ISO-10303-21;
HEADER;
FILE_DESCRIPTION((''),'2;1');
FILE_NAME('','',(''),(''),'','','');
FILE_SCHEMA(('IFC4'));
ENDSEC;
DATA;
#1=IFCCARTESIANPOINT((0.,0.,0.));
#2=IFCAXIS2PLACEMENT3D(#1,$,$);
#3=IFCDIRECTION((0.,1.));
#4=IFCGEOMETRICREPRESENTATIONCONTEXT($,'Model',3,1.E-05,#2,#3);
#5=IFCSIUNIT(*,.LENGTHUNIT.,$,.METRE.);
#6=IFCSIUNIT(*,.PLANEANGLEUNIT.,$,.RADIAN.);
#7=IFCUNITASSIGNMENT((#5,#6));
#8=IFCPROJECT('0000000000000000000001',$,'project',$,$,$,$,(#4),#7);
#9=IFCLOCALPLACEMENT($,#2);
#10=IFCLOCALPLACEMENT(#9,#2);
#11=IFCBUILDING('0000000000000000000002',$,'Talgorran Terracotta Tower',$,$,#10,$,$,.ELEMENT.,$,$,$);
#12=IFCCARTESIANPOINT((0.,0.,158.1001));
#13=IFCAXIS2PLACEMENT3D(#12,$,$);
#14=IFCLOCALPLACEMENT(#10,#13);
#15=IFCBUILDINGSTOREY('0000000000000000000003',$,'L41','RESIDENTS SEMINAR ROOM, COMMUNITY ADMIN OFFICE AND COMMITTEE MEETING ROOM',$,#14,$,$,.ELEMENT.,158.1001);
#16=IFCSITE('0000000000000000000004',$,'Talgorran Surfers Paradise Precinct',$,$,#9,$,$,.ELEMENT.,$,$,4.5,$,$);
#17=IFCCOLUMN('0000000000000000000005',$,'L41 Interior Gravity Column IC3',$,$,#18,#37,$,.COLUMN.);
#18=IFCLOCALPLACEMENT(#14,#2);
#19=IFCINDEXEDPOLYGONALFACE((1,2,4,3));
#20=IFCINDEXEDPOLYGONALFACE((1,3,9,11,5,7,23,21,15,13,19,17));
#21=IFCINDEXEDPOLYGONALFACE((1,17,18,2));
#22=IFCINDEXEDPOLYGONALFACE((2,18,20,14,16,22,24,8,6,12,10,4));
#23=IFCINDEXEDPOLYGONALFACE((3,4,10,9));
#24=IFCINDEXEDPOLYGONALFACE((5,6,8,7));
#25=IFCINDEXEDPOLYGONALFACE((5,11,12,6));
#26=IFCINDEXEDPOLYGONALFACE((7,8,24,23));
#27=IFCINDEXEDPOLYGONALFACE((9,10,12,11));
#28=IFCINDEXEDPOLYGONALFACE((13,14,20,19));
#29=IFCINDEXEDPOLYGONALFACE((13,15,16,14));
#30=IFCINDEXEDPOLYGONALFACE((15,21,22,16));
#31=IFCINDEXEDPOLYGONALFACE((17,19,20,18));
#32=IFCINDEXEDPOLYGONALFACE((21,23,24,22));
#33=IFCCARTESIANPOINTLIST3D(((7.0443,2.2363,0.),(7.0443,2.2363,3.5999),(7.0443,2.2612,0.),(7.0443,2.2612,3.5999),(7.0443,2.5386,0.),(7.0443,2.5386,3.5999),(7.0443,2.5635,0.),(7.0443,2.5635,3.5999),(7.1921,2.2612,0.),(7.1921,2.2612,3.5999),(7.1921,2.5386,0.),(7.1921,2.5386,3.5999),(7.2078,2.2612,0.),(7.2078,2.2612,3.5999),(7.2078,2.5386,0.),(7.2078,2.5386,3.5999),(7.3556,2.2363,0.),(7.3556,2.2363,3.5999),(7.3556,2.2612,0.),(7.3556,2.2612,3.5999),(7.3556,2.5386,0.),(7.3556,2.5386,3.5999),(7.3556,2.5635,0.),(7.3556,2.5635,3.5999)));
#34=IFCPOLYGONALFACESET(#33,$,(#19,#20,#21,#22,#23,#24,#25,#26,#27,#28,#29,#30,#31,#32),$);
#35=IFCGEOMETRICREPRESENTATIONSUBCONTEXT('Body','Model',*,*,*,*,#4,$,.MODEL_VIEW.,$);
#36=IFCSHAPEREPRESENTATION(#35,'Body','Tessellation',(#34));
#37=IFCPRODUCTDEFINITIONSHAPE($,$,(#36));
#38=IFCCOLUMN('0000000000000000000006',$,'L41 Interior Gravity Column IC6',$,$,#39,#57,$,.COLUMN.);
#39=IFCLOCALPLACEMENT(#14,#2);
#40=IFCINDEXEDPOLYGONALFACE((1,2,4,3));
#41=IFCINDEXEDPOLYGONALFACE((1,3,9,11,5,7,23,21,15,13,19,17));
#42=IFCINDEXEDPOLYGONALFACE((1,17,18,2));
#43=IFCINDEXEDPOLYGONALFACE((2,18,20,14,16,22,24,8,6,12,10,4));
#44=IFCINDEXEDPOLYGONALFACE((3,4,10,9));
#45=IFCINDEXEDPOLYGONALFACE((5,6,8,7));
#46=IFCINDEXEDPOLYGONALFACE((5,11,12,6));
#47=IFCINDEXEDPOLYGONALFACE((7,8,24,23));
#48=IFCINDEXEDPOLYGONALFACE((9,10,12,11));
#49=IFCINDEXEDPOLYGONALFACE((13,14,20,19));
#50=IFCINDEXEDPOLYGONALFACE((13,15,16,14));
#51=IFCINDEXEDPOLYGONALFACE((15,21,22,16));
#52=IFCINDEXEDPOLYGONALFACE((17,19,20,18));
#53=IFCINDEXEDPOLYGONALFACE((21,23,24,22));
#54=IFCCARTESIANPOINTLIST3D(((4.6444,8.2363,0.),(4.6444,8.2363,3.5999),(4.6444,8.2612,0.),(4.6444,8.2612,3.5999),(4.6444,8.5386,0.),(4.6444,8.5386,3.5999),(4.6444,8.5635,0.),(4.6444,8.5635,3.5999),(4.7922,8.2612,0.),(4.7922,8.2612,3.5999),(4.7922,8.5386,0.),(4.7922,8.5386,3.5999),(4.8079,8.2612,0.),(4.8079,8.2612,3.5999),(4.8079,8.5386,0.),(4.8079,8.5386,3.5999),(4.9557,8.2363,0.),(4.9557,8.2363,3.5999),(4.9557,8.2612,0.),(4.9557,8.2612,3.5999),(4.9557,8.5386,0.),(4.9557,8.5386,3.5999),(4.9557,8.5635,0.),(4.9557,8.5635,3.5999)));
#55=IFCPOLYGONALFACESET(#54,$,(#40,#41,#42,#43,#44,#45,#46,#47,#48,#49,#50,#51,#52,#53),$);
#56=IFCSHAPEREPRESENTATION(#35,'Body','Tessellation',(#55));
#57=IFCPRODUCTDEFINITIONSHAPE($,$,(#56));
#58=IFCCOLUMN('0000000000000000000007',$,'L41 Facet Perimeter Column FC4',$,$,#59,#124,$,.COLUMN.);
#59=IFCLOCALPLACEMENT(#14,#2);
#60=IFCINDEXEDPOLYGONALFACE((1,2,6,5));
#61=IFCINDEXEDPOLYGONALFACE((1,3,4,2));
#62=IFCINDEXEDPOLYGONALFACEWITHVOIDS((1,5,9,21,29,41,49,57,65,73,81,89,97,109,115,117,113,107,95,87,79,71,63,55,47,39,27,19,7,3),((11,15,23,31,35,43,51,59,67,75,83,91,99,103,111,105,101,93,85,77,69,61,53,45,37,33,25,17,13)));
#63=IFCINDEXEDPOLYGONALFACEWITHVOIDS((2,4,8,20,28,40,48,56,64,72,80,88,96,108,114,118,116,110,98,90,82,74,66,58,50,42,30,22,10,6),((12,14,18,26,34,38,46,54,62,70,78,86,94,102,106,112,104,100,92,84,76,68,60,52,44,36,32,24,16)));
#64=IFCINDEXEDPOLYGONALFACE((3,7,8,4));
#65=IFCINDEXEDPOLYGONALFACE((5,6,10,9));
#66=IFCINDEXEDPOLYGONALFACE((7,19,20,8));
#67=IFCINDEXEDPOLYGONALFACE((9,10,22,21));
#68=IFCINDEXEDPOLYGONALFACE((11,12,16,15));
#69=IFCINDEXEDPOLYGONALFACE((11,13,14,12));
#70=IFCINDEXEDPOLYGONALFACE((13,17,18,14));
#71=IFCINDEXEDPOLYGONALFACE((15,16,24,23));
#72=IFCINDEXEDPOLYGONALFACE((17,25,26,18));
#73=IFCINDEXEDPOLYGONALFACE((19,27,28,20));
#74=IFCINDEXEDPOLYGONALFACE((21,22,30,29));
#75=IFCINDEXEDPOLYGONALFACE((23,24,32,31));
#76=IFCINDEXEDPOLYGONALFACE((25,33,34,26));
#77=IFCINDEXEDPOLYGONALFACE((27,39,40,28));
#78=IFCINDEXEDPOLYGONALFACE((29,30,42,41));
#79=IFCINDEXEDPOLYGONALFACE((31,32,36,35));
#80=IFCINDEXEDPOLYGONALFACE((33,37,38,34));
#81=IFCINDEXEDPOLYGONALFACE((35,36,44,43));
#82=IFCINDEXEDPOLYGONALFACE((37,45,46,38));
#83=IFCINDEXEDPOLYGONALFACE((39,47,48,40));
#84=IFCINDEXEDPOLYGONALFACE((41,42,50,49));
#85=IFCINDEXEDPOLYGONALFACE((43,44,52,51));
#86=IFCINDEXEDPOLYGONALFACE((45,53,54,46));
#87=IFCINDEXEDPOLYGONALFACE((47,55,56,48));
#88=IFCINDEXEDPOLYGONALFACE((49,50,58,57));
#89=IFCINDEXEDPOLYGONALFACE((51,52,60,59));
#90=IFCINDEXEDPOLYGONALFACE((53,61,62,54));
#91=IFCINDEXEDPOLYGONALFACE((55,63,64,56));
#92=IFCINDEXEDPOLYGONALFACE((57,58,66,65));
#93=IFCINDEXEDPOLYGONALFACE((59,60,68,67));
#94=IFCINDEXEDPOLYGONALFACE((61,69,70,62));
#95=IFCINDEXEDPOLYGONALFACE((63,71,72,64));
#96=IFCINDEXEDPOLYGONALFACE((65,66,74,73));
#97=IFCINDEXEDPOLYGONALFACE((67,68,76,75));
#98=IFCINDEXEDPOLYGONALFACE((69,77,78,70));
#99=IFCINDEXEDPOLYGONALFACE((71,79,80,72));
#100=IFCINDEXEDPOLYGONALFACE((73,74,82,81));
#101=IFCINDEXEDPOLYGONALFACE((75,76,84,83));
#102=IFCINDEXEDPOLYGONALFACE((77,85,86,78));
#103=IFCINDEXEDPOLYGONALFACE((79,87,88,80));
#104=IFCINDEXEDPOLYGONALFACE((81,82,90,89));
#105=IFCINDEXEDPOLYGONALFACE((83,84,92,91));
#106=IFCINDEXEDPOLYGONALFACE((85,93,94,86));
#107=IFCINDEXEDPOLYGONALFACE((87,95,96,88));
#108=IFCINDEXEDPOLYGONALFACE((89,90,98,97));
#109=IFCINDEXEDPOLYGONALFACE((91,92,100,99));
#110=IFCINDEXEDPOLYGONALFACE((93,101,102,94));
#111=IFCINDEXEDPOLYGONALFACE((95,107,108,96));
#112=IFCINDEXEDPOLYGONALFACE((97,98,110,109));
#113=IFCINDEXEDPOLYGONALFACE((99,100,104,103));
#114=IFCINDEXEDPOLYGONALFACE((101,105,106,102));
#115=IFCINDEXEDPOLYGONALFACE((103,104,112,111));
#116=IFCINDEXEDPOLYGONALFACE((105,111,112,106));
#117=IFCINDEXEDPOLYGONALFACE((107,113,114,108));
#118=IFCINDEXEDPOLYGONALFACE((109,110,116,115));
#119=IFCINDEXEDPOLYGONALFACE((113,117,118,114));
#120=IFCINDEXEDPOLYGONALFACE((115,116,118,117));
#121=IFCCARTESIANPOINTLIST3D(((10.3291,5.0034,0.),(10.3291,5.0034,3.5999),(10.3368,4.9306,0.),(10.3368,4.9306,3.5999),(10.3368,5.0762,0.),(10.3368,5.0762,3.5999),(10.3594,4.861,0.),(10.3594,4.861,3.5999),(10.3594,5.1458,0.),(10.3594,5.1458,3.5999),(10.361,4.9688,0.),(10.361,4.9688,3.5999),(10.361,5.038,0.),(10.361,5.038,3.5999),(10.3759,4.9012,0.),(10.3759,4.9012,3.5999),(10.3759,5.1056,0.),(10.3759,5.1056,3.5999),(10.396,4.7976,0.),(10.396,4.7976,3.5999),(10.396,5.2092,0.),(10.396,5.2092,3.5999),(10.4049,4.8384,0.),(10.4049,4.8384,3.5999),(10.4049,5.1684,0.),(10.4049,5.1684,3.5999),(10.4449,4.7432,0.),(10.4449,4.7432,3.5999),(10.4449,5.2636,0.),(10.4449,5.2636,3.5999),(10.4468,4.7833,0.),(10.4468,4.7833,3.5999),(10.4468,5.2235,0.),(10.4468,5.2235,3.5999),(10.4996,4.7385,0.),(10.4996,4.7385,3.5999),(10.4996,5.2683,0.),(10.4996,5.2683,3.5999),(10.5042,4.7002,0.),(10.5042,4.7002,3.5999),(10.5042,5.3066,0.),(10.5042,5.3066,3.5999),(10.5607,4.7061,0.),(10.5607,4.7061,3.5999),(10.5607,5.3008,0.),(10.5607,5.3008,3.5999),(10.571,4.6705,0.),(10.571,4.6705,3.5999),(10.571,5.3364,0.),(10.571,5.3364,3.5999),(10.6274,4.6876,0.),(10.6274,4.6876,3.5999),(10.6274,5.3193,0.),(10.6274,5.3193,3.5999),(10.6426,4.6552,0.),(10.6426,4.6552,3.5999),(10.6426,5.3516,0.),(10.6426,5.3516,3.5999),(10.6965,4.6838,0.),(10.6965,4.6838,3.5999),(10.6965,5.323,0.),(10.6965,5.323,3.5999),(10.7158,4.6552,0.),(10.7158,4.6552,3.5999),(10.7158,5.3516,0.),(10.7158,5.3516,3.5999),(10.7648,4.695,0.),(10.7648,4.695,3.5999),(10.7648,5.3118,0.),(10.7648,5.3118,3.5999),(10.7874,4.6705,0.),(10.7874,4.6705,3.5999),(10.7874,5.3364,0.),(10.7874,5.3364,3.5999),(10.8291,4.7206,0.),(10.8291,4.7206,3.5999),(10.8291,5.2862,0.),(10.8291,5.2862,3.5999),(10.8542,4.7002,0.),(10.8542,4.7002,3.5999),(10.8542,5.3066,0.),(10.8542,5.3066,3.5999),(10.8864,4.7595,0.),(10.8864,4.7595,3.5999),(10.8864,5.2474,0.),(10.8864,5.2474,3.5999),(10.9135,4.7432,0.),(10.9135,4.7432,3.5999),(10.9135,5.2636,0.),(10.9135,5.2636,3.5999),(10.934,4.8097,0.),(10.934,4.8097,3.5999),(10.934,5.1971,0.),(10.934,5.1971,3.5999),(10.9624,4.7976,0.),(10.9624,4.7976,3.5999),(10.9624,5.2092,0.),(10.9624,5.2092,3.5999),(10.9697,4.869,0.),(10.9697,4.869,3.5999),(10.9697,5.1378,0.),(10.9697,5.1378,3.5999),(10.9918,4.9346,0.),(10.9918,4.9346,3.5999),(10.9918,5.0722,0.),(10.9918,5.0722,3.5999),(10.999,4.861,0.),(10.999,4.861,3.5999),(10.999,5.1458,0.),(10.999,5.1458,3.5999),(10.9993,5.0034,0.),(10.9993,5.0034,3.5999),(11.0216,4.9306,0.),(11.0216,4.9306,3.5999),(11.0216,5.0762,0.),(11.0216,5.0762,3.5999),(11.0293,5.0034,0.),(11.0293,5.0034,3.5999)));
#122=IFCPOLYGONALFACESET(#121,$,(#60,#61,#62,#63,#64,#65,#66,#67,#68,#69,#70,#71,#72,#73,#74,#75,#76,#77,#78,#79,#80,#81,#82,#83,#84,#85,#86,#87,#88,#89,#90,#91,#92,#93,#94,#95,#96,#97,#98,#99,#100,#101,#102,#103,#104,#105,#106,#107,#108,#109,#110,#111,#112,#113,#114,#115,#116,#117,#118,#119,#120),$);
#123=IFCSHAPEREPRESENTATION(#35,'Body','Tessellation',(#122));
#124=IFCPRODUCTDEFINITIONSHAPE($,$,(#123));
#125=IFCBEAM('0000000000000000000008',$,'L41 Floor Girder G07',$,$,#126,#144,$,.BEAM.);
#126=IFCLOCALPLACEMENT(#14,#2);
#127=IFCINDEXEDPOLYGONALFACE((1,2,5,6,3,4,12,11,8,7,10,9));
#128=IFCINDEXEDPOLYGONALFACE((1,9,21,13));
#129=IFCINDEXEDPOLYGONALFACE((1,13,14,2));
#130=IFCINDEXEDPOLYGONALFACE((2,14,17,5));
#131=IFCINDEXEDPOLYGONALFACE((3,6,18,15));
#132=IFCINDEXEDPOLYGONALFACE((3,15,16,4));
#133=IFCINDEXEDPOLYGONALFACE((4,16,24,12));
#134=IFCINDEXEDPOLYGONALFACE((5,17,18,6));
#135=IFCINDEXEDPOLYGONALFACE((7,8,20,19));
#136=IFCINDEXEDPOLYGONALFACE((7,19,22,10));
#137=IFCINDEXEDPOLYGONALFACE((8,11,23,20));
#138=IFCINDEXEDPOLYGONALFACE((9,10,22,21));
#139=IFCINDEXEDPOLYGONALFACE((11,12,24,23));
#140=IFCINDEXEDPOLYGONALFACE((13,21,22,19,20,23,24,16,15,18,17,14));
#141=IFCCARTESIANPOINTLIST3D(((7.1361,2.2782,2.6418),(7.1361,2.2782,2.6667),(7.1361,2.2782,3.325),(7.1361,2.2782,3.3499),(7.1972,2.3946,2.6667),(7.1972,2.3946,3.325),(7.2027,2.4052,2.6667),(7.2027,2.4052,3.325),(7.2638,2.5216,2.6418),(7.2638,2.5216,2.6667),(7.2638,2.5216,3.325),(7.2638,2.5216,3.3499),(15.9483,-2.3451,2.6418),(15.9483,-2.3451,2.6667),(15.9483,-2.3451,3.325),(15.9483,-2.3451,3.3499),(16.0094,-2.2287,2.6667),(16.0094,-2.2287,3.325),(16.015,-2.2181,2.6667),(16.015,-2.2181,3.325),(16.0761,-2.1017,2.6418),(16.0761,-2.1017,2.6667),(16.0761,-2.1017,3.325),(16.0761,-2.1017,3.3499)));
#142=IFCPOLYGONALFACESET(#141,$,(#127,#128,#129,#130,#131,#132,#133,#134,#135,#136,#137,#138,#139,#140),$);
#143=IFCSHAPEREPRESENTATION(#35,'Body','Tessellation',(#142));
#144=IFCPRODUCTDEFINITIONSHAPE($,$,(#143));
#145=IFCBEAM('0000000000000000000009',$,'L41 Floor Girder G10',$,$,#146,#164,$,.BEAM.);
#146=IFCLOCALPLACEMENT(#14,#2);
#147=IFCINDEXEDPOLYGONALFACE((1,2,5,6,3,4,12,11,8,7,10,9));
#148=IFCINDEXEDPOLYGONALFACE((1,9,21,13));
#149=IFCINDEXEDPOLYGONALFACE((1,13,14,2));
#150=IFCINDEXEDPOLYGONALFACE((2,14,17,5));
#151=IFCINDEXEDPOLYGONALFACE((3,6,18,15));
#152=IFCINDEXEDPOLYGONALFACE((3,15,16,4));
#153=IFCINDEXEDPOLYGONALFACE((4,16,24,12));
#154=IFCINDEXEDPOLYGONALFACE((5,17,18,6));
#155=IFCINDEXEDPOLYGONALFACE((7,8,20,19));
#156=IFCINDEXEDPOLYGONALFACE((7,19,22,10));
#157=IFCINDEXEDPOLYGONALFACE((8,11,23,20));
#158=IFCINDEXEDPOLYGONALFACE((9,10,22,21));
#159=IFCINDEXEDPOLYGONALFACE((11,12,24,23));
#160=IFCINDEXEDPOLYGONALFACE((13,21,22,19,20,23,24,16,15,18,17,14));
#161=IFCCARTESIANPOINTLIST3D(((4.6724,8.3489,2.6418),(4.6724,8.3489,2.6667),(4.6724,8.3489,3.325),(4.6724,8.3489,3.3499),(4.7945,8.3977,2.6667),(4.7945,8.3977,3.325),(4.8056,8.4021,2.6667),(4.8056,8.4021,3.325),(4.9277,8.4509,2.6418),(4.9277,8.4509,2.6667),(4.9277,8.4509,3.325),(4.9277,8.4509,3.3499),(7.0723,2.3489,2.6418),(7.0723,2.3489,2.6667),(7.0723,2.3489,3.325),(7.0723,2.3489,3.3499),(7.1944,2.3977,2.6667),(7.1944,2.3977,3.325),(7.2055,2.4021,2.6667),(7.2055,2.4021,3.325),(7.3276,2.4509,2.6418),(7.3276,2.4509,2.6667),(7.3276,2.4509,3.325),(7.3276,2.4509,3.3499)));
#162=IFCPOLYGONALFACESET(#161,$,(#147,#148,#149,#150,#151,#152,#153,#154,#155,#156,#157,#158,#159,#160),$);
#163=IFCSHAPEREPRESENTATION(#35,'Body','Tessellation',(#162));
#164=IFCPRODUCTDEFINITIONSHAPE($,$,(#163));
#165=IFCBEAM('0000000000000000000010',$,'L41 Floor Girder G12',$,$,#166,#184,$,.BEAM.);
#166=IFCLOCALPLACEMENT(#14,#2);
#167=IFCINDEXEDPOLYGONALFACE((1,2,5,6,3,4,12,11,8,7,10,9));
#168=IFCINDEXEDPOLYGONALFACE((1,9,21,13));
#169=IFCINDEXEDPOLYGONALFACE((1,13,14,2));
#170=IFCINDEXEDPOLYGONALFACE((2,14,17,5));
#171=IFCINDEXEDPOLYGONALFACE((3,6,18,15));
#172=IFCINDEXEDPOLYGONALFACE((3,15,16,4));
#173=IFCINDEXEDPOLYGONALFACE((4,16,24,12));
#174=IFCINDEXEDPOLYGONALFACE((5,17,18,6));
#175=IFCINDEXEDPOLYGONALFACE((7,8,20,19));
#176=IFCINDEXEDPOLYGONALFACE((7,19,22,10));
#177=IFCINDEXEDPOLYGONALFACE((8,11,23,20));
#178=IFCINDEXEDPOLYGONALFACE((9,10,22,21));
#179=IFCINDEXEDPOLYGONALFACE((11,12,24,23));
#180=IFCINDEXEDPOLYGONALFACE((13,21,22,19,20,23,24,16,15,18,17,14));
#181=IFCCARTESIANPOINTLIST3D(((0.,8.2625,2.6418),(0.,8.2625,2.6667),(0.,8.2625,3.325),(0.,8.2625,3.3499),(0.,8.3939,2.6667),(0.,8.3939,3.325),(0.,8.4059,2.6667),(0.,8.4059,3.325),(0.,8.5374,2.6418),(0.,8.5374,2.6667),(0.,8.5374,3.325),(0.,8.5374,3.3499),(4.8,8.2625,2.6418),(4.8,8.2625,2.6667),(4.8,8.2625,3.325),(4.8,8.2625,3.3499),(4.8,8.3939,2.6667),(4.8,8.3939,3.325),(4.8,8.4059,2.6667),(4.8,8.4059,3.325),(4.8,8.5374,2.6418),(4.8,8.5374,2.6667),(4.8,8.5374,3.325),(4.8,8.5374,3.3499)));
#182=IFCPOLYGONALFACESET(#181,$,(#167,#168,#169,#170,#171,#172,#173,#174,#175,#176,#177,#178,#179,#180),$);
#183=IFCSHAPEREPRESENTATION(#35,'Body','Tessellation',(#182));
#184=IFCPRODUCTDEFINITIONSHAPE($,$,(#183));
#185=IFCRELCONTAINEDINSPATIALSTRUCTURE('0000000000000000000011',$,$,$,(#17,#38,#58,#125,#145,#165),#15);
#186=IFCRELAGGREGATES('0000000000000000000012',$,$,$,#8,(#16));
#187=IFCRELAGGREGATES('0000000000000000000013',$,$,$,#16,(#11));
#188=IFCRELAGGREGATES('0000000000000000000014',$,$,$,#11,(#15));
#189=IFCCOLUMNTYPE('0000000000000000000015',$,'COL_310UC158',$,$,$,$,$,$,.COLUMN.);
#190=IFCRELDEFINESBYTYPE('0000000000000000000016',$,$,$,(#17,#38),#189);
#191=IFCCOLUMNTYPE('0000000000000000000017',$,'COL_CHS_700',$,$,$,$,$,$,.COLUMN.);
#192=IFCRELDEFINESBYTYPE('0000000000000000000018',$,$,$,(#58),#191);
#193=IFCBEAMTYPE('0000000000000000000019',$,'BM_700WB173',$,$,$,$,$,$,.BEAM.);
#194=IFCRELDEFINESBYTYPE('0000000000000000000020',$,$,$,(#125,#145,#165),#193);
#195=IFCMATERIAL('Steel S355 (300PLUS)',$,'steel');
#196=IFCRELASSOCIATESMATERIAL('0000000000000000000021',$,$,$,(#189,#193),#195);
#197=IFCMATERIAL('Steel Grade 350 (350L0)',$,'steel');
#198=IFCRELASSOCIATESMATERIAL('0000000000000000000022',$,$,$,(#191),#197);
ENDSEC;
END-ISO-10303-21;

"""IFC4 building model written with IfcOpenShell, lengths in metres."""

from ifc_helpers import new_model, si_unit, direction, frame, origin, origin_2d, place, context, subcontext, project, spatial, hollow_circle, i_section, extrude, material, material_profile, profile_set, type_object, element, save


model = new_model("IFC4")

# Units and contexts
model_context = context("Model", 3, precision=1e-05, world=origin(), true_north=direction((0.0, 1.0)))
body_context = subcontext(model_context, "Body", "Model", "MODEL_VIEW")
ifc_project = project(units=[si_unit("LENGTHUNIT", "METRE"), si_unit("PLANEANGLEUNIT", "RADIAN")], contexts=[model_context])

# Site, building, storey
site_placement = place(None, origin())
site = spatial("IfcSite", under=ifc_project, at=site_placement, Name="Talgorran Surfers Paradise Precinct", CompositionType="ELEMENT", RefElevation=4.5)
building_placement = place(site_placement, origin())
building = spatial("IfcBuilding", under=site, at=building_placement, Name="Talgorran Terracotta Tower", CompositionType="ELEMENT")
storey_placement = place(building_placement, frame((0.0, 0.0, 158.1001)))
storey = spatial("IfcBuildingStorey", under=building, at=storey_placement, Name="L41", Description="RESIDENTS SEMINAR ROOM, COMMUNITY ADMIN OFFICE AND COMMITTEE MEETING ROOM", CompositionType="ELEMENT", Elevation=158.1001)

# Columns
ifc_material_1 = material(Name="Steel S355 (300PLUS)", Category="steel")
ifc_material_profile_1 = material_profile(ifc_material_1, i_section(OverallWidth=0.3113, OverallDepth=0.3271, WebThickness=0.0156, FlangeThickness=0.0249, at=origin_2d()), Name="310UC158")
ifc_profile_set_1 = profile_set([ifc_material_profile_1], Name="Steel S355 (300PLUS)")
column_type_1 = type_object("IfcColumnType", Name="COL_310UC158", PredefinedType="COLUMN", material=ifc_profile_set_1)
for number, where, z_axis, x_axis, name in (
    (1, (7.2, 2.3999, 0.0), (0.0, 0.0, 1.0), (1.0, 0.0, 0.0), "L41 Interior Gravity Column IC3"),
    (2, (4.8, 8.3999, 0.0), (0.0, 0.0, 1.0), (1.0, 0.0, 0.0), "L41 Interior Gravity Column IC6"),
):
    element("IfcColumn", number, at=place(storey_placement, frame(where, z_axis=z_axis, x_axis=x_axis)), inside=storey, type_object=column_type_1, Name=name, PredefinedType="COLUMN", context=body_context, shape_type="SweptSolid", body=[
        extrude(i_section(OverallWidth=0.3113, OverallDepth=0.3271, WebThickness=0.0156, FlangeThickness=0.0249, at=origin_2d()), origin(), (0.0, 0.0, 1.0), 3.5999),
    ])
ifc_material_2 = material(Name="Steel Grade 350 (350L0)", Category="steel")
ifc_material_profile_2 = material_profile(ifc_material_2, hollow_circle(Radius=0.3501, WallThickness=0.03, at=origin_2d()), Name="CHS700X30")
ifc_profile_set_2 = profile_set([ifc_material_profile_2], Name="Steel Grade 350 (350L0)")
column_type_2 = type_object("IfcColumnType", Name="COL_CHS_700", PredefinedType="COLUMN", material=ifc_profile_set_2)
column_placement = place(storey_placement, frame((10.6792, 5.0034, 0.0), z_axis=(0.0, 0.0, 1.0), x_axis=(1.0, 0.0, 0.0)))
element("IfcColumn", 3, at=column_placement, inside=storey, type_object=column_type_2, Name="L41 Facet Perimeter Column FC4", PredefinedType="COLUMN", context=body_context, shape_type="SweptSolid", body=[
    extrude(hollow_circle(Radius=0.3501, WallThickness=0.03, at=origin_2d()), origin(), (0.0, 0.0, 1.0), 3.5999),
])

# Beams
ifc_material_profile_3 = material_profile(ifc_material_1, i_section(OverallWidth=0.2749, OverallDepth=0.708, WebThickness=0.012, FlangeThickness=0.0249, at=origin_2d()), Name="700WB173")
ifc_profile_set_3 = profile_set([ifc_material_profile_3], Name="Steel S355 (300PLUS)")
beam_type_1 = type_object("IfcBeamType", Name="BM_700WB173", PredefinedType="BEAM", material=ifc_profile_set_3)
beam_1_placement = place(storey_placement, frame((7.2, 2.3999, 2.9958), z_axis=(0.885528, -0.464586, 0.0), x_axis=(0.464586, 0.885528, 0.0)))
element("IfcBeam", 4, at=beam_1_placement, inside=storey, type_object=beam_type_1, Name="L41 Floor Girder G07", PredefinedType="BEAM", context=body_context, shape_type="SweptSolid", body=[
    extrude(i_section(OverallWidth=0.2749, OverallDepth=0.708, WebThickness=0.012, FlangeThickness=0.0249, at=origin_2d()), origin(), (0.0, 0.0, 1.0), 9.9514),
])
beam_2_placement = place(storey_placement, frame((7.2, 2.3999, 2.9958), z_axis=(-0.371378, 0.928482, 0.0), x_axis=(-0.928482, -0.371378, 0.0)))
element("IfcBeam", 5, at=beam_2_placement, inside=storey, type_object=beam_type_1, Name="L41 Floor Girder G10", PredefinedType="BEAM", context=body_context, shape_type="SweptSolid", body=[
    extrude(i_section(OverallWidth=0.2749, OverallDepth=0.708, WebThickness=0.012, FlangeThickness=0.0249, at=origin_2d()), origin(), (0.0, 0.0, 1.0), 6.4622),
])
beam_3_placement = place(storey_placement, frame((0.0, 8.3999, 2.9958), z_axis=(1.0, 0.0, 0.0), x_axis=(0.0, 1.0, 0.0)))
element("IfcBeam", 6, at=beam_3_placement, inside=storey, type_object=beam_type_1, Name="L41 Floor Girder G12", PredefinedType="BEAM", context=body_context, shape_type="SweptSolid", body=[
    extrude(i_section(OverallWidth=0.2749, OverallDepth=0.708, WebThickness=0.012, FlangeThickness=0.0249, at=origin_2d()), origin(), (0.0, 0.0, 1.0), 4.8),
])

save(model, "model.ifc")
